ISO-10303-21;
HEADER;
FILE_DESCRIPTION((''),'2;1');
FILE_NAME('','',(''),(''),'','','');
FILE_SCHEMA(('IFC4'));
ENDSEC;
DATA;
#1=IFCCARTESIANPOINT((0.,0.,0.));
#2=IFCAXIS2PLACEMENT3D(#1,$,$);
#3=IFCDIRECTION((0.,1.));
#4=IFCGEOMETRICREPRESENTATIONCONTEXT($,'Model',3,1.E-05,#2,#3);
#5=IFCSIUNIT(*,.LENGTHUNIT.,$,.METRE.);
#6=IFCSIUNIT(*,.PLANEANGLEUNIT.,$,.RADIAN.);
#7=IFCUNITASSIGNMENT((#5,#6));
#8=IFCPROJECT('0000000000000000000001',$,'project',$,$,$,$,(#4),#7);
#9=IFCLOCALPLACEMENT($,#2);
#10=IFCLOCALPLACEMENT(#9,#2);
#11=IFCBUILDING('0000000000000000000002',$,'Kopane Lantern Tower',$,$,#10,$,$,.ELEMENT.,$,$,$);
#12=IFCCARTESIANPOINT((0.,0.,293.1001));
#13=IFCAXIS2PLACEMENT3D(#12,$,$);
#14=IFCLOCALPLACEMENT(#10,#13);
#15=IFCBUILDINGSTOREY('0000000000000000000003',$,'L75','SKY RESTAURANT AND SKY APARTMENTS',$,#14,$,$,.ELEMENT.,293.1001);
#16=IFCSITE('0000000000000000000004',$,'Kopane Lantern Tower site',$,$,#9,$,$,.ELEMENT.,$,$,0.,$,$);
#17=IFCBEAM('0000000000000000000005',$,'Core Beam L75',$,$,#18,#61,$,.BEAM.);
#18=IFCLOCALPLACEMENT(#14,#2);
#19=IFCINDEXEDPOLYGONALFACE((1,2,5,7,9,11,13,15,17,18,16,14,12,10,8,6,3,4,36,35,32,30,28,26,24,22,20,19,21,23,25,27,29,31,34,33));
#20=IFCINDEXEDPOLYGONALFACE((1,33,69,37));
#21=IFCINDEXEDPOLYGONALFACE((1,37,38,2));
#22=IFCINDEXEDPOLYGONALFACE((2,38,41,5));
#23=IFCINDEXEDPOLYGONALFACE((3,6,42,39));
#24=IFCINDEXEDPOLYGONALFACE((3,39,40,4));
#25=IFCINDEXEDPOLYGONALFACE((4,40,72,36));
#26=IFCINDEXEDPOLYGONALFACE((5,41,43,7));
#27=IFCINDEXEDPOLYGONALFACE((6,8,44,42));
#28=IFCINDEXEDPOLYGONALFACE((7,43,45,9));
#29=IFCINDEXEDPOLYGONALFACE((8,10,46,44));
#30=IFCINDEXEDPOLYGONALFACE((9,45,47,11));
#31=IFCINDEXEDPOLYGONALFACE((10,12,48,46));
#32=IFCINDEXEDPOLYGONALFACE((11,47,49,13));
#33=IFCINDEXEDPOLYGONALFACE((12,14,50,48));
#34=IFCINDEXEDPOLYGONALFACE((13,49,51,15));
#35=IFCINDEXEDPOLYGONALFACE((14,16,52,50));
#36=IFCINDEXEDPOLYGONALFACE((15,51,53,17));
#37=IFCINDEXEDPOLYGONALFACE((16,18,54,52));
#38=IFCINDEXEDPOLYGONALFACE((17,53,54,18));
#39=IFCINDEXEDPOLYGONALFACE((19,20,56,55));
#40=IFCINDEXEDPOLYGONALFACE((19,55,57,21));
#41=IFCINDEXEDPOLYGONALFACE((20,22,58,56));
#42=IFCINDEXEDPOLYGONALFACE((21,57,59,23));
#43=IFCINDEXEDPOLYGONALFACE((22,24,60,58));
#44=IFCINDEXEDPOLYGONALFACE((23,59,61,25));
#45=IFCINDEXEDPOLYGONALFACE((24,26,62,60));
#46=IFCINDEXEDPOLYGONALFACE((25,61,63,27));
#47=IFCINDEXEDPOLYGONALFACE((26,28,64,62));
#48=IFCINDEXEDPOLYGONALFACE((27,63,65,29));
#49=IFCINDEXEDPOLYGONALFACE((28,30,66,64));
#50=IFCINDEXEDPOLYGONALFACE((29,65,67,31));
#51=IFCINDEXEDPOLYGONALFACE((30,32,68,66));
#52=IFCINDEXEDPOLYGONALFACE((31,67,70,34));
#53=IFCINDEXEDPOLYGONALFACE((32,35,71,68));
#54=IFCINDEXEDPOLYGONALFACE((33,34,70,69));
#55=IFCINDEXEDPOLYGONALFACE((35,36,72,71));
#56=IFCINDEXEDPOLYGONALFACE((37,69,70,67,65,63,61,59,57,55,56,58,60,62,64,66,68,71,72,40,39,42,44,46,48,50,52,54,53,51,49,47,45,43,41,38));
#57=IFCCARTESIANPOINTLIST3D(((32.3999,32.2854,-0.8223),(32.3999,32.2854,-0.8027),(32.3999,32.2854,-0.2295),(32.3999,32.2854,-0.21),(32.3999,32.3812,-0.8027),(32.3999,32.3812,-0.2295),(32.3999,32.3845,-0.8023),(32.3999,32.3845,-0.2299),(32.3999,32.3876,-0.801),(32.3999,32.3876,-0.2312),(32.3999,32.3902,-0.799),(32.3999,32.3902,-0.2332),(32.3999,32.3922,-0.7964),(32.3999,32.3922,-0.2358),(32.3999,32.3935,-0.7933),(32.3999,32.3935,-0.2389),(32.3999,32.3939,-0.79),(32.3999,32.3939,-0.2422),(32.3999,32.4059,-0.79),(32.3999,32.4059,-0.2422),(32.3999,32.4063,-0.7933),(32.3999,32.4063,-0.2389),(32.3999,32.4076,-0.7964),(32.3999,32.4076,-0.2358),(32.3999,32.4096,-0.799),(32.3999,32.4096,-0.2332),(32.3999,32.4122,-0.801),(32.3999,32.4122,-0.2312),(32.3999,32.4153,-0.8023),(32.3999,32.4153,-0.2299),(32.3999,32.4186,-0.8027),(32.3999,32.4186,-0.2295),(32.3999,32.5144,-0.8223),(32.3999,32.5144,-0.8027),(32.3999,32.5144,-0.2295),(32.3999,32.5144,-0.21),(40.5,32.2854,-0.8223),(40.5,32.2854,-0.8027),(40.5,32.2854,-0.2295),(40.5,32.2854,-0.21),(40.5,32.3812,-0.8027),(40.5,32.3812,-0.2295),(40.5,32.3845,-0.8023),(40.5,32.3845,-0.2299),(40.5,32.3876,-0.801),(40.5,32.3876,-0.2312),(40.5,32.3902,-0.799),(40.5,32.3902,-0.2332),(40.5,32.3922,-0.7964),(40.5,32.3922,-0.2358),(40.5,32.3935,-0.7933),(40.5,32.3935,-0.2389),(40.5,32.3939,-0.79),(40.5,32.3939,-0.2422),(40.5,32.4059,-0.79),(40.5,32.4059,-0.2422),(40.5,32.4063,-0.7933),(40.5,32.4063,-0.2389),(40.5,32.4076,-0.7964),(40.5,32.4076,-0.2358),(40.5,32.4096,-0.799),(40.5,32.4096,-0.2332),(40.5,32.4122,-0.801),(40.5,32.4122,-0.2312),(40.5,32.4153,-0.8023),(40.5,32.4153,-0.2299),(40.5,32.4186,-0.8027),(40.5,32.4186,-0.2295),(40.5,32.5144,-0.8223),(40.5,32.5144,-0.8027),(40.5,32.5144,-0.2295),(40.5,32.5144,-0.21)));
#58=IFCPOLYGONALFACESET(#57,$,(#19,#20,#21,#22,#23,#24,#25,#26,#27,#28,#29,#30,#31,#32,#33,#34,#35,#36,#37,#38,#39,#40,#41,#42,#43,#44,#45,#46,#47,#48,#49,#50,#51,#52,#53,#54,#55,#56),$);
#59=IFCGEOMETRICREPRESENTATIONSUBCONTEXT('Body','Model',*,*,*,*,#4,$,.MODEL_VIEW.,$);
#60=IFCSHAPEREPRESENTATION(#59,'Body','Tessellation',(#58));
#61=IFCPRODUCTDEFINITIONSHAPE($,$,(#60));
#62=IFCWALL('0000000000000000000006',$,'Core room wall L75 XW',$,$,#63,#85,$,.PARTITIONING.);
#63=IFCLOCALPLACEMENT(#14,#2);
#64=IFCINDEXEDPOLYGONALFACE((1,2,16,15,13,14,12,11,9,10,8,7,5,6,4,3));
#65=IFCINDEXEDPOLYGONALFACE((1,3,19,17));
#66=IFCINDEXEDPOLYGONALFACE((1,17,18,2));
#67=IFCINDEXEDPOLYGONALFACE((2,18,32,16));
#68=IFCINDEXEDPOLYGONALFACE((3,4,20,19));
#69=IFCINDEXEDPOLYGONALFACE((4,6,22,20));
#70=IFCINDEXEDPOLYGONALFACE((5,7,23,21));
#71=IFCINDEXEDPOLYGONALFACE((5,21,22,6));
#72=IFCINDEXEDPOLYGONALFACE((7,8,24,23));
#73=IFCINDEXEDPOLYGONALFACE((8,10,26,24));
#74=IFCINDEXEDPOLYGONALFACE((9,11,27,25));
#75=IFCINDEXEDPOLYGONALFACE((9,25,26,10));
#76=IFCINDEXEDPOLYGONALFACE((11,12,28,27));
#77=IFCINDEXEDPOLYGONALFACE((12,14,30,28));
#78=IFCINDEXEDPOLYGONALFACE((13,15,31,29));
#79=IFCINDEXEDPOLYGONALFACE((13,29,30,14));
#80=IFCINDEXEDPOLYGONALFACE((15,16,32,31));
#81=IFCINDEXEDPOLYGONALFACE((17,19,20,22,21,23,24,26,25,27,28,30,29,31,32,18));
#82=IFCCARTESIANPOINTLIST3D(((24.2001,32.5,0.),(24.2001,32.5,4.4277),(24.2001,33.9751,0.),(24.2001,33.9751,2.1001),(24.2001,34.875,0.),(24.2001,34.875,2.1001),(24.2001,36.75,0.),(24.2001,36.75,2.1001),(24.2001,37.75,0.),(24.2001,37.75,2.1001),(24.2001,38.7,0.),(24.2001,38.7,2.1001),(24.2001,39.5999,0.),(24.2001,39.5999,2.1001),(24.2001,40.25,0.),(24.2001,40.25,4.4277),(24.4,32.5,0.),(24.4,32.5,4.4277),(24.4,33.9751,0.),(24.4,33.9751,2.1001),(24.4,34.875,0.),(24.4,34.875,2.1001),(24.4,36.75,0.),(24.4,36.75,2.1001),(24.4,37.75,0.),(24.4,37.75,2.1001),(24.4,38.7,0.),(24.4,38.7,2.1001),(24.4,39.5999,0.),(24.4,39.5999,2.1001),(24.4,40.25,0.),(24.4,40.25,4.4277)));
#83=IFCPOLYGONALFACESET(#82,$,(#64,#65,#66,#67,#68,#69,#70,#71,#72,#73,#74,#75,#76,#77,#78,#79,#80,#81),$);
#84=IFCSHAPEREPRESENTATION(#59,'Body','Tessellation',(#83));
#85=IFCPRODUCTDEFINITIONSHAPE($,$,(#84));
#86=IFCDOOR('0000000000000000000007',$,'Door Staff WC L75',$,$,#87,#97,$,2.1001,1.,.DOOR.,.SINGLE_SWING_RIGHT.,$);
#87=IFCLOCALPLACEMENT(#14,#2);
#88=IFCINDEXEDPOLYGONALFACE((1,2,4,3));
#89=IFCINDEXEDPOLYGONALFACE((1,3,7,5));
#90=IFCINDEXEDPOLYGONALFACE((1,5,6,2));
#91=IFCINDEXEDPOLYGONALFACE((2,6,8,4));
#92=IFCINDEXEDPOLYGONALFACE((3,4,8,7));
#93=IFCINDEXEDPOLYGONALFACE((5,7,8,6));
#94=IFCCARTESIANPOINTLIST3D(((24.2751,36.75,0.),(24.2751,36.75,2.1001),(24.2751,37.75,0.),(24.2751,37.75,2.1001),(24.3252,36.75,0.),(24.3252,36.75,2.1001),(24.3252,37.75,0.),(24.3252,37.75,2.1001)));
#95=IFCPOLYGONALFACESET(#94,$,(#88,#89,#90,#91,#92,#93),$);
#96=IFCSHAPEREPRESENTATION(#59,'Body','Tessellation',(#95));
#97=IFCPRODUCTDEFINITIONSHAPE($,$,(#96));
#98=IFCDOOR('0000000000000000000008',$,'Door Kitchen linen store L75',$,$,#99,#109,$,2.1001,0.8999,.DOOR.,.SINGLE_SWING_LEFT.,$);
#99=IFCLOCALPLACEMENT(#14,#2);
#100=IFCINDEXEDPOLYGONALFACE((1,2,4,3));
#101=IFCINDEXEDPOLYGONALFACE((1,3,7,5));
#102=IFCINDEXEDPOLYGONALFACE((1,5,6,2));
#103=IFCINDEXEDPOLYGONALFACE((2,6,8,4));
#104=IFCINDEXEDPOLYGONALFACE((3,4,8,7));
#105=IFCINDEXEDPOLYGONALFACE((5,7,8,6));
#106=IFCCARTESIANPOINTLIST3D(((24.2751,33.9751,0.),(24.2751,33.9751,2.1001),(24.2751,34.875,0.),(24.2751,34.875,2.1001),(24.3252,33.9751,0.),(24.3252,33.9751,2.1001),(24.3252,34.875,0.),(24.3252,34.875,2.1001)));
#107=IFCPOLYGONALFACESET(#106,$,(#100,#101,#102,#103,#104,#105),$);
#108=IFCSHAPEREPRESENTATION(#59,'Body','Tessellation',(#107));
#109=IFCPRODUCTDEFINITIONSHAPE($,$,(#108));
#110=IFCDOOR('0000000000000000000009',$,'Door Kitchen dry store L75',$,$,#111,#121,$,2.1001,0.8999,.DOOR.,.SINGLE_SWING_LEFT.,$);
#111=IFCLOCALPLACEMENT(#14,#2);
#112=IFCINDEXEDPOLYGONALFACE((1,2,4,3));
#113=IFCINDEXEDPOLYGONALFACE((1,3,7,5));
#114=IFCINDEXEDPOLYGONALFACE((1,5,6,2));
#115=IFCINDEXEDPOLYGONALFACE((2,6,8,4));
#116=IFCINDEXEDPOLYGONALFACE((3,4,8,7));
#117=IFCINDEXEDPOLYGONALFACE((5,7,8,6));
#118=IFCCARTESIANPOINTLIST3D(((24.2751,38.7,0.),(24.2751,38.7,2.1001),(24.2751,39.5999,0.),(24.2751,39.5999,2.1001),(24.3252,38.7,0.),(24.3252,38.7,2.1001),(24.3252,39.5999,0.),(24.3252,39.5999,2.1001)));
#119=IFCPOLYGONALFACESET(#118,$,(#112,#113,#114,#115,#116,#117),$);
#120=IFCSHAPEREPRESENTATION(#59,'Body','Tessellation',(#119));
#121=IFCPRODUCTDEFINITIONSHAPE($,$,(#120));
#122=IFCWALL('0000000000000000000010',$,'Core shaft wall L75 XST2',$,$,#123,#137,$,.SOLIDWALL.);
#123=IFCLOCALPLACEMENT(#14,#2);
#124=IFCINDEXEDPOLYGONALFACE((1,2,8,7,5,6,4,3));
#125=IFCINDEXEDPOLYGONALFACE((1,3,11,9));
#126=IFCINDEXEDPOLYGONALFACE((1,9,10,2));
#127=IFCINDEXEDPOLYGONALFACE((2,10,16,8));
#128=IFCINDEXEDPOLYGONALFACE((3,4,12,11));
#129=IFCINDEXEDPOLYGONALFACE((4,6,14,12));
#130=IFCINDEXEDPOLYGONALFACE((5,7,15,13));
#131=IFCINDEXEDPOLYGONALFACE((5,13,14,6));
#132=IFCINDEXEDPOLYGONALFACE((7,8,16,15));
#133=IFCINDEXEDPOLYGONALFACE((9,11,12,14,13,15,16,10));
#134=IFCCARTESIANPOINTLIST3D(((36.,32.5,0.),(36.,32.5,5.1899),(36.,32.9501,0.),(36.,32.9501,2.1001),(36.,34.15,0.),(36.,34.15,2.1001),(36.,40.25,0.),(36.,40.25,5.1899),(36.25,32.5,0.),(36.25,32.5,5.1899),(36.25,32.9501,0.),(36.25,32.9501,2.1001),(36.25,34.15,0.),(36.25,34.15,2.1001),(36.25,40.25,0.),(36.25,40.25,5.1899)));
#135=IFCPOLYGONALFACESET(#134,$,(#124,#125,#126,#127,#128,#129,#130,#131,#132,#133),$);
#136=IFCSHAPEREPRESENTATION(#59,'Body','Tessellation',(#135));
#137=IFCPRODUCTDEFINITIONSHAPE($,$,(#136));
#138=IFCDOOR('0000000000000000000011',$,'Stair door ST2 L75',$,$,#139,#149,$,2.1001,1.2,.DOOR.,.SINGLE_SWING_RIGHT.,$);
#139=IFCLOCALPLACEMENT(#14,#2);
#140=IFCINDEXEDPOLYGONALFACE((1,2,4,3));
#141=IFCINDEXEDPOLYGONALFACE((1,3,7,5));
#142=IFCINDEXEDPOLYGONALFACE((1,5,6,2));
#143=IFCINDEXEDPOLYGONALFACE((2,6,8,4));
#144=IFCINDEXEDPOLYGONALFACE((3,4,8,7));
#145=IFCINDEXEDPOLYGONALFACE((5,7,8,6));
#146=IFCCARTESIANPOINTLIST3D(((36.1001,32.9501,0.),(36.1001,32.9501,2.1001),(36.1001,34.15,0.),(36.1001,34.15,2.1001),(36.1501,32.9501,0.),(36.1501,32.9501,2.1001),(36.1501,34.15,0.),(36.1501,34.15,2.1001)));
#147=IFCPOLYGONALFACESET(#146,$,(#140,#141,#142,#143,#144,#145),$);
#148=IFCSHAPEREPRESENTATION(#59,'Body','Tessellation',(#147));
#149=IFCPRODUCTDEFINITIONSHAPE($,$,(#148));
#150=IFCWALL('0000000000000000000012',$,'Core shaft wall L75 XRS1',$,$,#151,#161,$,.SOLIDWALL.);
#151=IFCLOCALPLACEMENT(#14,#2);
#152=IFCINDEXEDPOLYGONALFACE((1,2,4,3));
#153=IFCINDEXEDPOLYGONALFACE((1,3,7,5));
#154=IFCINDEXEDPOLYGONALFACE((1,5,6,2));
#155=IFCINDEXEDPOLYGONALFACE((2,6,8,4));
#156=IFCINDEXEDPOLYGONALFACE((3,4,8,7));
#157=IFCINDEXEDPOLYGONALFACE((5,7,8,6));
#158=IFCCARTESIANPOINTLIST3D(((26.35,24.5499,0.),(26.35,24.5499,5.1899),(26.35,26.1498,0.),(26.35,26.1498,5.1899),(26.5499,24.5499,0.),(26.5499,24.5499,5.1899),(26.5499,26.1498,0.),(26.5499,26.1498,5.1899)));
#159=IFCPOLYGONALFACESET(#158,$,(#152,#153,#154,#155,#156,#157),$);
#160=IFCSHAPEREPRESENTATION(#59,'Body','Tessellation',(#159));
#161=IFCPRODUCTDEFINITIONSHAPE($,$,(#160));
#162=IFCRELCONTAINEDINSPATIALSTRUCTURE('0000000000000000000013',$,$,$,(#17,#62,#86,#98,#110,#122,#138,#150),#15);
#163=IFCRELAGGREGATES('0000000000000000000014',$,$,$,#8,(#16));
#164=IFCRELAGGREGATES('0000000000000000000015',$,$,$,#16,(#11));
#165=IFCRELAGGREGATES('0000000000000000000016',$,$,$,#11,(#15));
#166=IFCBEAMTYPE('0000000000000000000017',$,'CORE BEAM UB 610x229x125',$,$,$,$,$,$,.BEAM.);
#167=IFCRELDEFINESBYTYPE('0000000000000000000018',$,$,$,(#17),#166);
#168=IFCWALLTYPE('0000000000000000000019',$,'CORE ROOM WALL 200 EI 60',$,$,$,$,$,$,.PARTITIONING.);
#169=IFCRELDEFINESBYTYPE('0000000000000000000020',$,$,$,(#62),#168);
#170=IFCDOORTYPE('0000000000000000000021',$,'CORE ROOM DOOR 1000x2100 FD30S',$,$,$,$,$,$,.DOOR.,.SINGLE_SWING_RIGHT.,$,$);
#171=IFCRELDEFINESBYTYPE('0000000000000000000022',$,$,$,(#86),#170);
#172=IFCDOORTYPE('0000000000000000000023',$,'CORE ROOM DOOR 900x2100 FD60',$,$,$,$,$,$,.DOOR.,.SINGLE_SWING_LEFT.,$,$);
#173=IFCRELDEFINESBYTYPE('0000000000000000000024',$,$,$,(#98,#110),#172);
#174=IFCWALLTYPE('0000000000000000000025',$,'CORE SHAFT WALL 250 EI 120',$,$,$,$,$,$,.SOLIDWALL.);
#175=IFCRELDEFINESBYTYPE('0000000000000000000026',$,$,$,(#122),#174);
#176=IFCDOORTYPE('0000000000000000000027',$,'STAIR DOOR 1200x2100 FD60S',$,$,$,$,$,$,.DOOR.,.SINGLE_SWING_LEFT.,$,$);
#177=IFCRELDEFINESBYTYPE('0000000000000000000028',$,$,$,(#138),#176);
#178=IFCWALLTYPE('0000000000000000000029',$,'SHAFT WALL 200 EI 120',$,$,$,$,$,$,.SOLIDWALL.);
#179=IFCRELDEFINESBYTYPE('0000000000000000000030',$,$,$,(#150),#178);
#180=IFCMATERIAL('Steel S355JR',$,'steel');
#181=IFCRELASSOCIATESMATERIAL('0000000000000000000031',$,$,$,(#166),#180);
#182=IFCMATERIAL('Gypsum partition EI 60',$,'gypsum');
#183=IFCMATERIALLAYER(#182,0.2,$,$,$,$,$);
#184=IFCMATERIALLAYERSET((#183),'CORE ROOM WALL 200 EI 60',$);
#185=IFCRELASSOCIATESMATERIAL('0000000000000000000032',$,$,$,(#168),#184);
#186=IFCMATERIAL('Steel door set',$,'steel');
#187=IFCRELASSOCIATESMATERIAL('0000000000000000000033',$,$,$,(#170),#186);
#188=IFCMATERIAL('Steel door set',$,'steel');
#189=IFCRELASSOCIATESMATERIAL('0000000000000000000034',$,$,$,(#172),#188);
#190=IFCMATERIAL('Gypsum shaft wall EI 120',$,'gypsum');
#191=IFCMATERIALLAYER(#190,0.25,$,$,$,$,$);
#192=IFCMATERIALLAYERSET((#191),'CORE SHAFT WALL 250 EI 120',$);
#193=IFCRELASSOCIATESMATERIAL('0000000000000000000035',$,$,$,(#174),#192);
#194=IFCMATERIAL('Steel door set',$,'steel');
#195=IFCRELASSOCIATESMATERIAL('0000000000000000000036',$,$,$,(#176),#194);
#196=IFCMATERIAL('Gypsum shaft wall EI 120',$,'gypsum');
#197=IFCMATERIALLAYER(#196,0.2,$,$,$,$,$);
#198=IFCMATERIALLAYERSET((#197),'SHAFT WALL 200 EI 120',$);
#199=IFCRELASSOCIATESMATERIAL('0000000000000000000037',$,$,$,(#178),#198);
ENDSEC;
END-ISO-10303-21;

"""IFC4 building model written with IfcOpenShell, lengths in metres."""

from ifc_helpers import new_model, si_unit, direction, frame, frame_2d, origin, origin_2d, place, context, subcontext, project, spatial, rectangle, i_section, extrude, material, layer, layer_set, material_profile, profile_set, type_object, element, fill, save


model = new_model("IFC4")

# Units and contexts
model_context = context("Model", 3, precision=1e-05, world=origin(), true_north=direction((0.0, 1.0)))
body_context = subcontext(model_context, "Body", "Model", "MODEL_VIEW")
ifc_project = project(units=[si_unit("LENGTHUNIT", "METRE"), si_unit("PLANEANGLEUNIT", "RADIAN")], contexts=[model_context])

# Site, building, storey
site_placement = place(None, origin())
site = spatial("IfcSite", under=ifc_project, at=site_placement, Name="Kopane Lantern Tower site", CompositionType="ELEMENT", RefElevation=0.0)
building_placement = place(site_placement, origin())
building = spatial("IfcBuilding", under=site, at=building_placement, Name="Kopane Lantern Tower", CompositionType="ELEMENT")
storey_placement = place(building_placement, frame((0.0, 0.0, 293.1001)))
storey = spatial("IfcBuildingStorey", under=building, at=storey_placement, Name="L75", Description="SKY RESTAURANT AND SKY APARTMENTS", CompositionType="ELEMENT", Elevation=293.1001)

# Beam
ifc_material_1 = material(Name="Steel S355JR", Category="steel")
ifc_material_profile_1 = material_profile(ifc_material_1, i_section(OverallWidth=0.229, OverallDepth=0.6123, WebThickness=0.012, FlangeThickness=0.0195, FilletRadius=0.0127, at=origin_2d()), Name="UB 610x229x125")
ifc_profile_set_1 = profile_set([ifc_material_profile_1], Name="Steel S355JR")
beam_type = type_object("IfcBeamType", Name="CORE BEAM UB 610x229x125", PredefinedType="BEAM", material=ifc_profile_set_1)
for number, where, z_axis, x_axis, name in (
    (1, (32.3999, 32.3999, -0.5161), (1.0, 0.0, 0.0), (0.0, 1.0, 0.0), "Core Beam L75"),
):
    element("IfcBeam", number, at=place(storey_placement, frame(where, z_axis=z_axis, x_axis=x_axis)), inside=storey, type_object=beam_type, Name=name, PredefinedType="BEAM", context=body_context, shape_type="SweptSolid", body=[
        extrude(i_section(OverallWidth=0.229, OverallDepth=0.6123, WebThickness=0.012, FlangeThickness=0.0195, FilletRadius=0.0127, at=origin_2d()), origin(), (0.0, 0.0, 1.0), 8.1001),
    ])

# Wall, openings, doors
ifc_material_2 = material(Name="Gypsum partition EI 60", Category="gypsum")
ifc_layer_1 = layer(ifc_material_2, 0.2)
ifc_layer_set_1 = layer_set([ifc_layer_1], Name="CORE ROOM WALL 200 EI 60")
wall_type_1 = type_object("IfcWallType", Name="CORE ROOM WALL 200 EI 60", PredefinedType="PARTITIONING", material=ifc_layer_set_1)
wall_1_placement = place(storey_placement, frame((24.3, 32.5, 0.0), z_axis=(0.0, 0.0, 1.0), x_axis=(0.0, 1.0, 0.0)))
wall_1 = element("IfcWall", 2, at=wall_1_placement, inside=storey, type_object=wall_type_1, Name="Core room wall L75 XW", PredefinedType="PARTITIONING", context=body_context, shape_type="SweptSolid", body=[
    extrude(rectangle(XDim=7.75, YDim=0.2, at=frame_2d((3.875, 0.0))), origin(), (0.0, 0.0, 1.0), 4.4277),
])
opening_1_placement = place(wall_1_placement, frame((1.4751, 0.0, 0.0)))
opening_1 = element("IfcOpeningElement", 3, at=opening_1_placement, cuts=wall_1, PredefinedType="OPENING", context=body_context, shape_type="SweptSolid", body=[
    extrude(rectangle(XDim=0.8999, YDim=2.1001, at=frame_2d((0.45, 1.05))), frame((0.0, 0.1099, 0.0), z_axis=(0.0, -1.0, 0.0), x_axis=(1.0, 0.0, 0.0)), (0.0, 0.0, 1.0), 0.22),
])
opening_2_placement = place(wall_1_placement, frame((4.25, 0.0, 0.0)))
opening_2 = element("IfcOpeningElement", 4, at=opening_2_placement, cuts=wall_1, PredefinedType="OPENING", context=body_context, shape_type="SweptSolid", body=[
    extrude(rectangle(XDim=1.0, YDim=2.1001, at=frame_2d((0.5, 1.05))), frame((0.0, 0.1099, 0.0), z_axis=(0.0, -1.0, 0.0), x_axis=(1.0, 0.0, 0.0)), (0.0, 0.0, 1.0), 0.22),
])
opening_3_placement = place(wall_1_placement, frame((6.2, 0.0, 0.0)))
opening_3 = element("IfcOpeningElement", 5, at=opening_3_placement, cuts=wall_1, PredefinedType="OPENING", context=body_context, shape_type="SweptSolid", body=[
    extrude(rectangle(XDim=0.8999, YDim=2.1001, at=frame_2d((0.45, 1.05))), frame((0.0, 0.1099, 0.0), z_axis=(0.0, -1.0, 0.0), x_axis=(1.0, 0.0, 0.0)), (0.0, 0.0, 1.0), 0.22),
])
ifc_material_3 = material(Name="Steel door set", Category="steel")
door_type_1 = type_object("IfcDoorType", Name="CORE ROOM DOOR 1000x2100 FD30S", OperationType="SINGLE_SWING_RIGHT", PredefinedType="DOOR", material=ifc_material_3)
door_1_placement = place(opening_2_placement, origin())
door_1 = element("IfcDoor", 6, at=door_1_placement, inside=storey, type_object=door_type_1, Name="Door Staff WC L75", OperationType="SINGLE_SWING_RIGHT", OverallHeight=2.1001, OverallWidth=1.0, PredefinedType="DOOR", context=body_context, shape_type="SweptSolid", body=[
    extrude(rectangle(XDim=1.0, YDim=2.1001, at=frame_2d((0.5, 1.05))), frame((0.0, 0.0249, 0.0), z_axis=(0.0, -1.0, 0.0), x_axis=(1.0, 0.0, 0.0)), (0.0, 0.0, 1.0), 0.05),
])
fill(opening_2, door_1)
ifc_material_4 = material(Name="Steel door set", Category="steel")
door_type_2 = type_object("IfcDoorType", Name="CORE ROOM DOOR 900x2100 FD60", OperationType="SINGLE_SWING_LEFT", PredefinedType="DOOR", material=ifc_material_4)
door_2_placement = place(opening_1_placement, origin())
door_2 = element("IfcDoor", 7, at=door_2_placement, inside=storey, type_object=door_type_2, Name="Door Kitchen linen store L75", OperationType="SINGLE_SWING_LEFT", OverallHeight=2.1001, OverallWidth=0.8999, PredefinedType="DOOR", context=body_context, shape_type="SweptSolid", body=[
    extrude(rectangle(XDim=0.8999, YDim=2.1001, at=frame_2d((0.45, 1.05))), frame((0.0, 0.0249, 0.0), z_axis=(0.0, -1.0, 0.0), x_axis=(1.0, 0.0, 0.0)), (0.0, 0.0, 1.0), 0.05),
])
fill(opening_1, door_2)
door_3_placement = place(opening_3_placement, origin())
door_3 = element("IfcDoor", 8, at=door_3_placement, inside=storey, type_object=door_type_2, Name="Door Kitchen dry store L75", OperationType="SINGLE_SWING_LEFT", OverallHeight=2.1001, OverallWidth=0.8999, PredefinedType="DOOR", context=body_context, shape_type="SweptSolid", body=[
    extrude(rectangle(XDim=0.8999, YDim=2.1001, at=frame_2d((0.45, 1.05))), frame((0.0, 0.0249, 0.0), z_axis=(0.0, -1.0, 0.0), x_axis=(1.0, 0.0, 0.0)), (0.0, 0.0, 1.0), 0.05),
])
fill(opening_3, door_3)

# Wall, opening, door
ifc_material_5 = material(Name="Gypsum shaft wall EI 120", Category="gypsum")
ifc_layer_2 = layer(ifc_material_5, 0.25)
ifc_layer_set_2 = layer_set([ifc_layer_2], Name="CORE SHAFT WALL 250 EI 120")
wall_type_2 = type_object("IfcWallType", Name="CORE SHAFT WALL 250 EI 120", PredefinedType="SOLIDWALL", material=ifc_layer_set_2)
wall_2_placement = place(storey_placement, frame((36.125, 32.5, 0.0), z_axis=(0.0, 0.0, 1.0), x_axis=(0.0, 1.0, 0.0)))
wall_2 = element("IfcWall", 9, at=wall_2_placement, inside=storey, type_object=wall_type_2, Name="Core shaft wall L75 XST2", PredefinedType="SOLIDWALL", context=body_context, shape_type="SweptSolid", body=[
    extrude(rectangle(XDim=7.75, YDim=0.25, at=frame_2d((3.875, 0.0))), origin(), (0.0, 0.0, 1.0), 5.1899),
])
opening_4_placement = place(wall_2_placement, frame((0.45, 0.0, 0.0)))
opening_4 = element("IfcOpeningElement", 10, at=opening_4_placement, cuts=wall_2, PredefinedType="OPENING", context=body_context, shape_type="SweptSolid", body=[
    extrude(rectangle(XDim=1.2, YDim=2.1001, at=frame_2d((0.6001, 1.05))), frame((0.0, 0.135, 0.0), z_axis=(0.0, -1.0, 0.0), x_axis=(1.0, 0.0, 0.0)), (0.0, 0.0, 1.0), 0.27),
])
ifc_material_6 = material(Name="Steel door set", Category="steel")
door_type_3 = type_object("IfcDoorType", Name="STAIR DOOR 1200x2100 FD60S", OperationType="SINGLE_SWING_LEFT", PredefinedType="DOOR", material=ifc_material_6)
door_4_placement = place(opening_4_placement, origin())
door_4 = element("IfcDoor", 11, at=door_4_placement, inside=storey, type_object=door_type_3, Name="Stair door ST2 L75", OperationType="SINGLE_SWING_RIGHT", OverallHeight=2.1001, OverallWidth=1.2, PredefinedType="DOOR", context=body_context, shape_type="SweptSolid", body=[
    extrude(rectangle(XDim=1.2, YDim=2.1001, at=frame_2d((0.6001, 1.05))), frame((0.0, 0.0249, 0.0), z_axis=(0.0, -1.0, 0.0), x_axis=(1.0, 0.0, 0.0)), (0.0, 0.0, 1.0), 0.05),
])
fill(opening_4, door_4)

# Wall
ifc_material_7 = material(Name="Gypsum shaft wall EI 120", Category="gypsum")
ifc_layer_3 = layer(ifc_material_7, 0.2)
ifc_layer_set_3 = layer_set([ifc_layer_3], Name="SHAFT WALL 200 EI 120")
wall_type_3 = type_object("IfcWallType", Name="SHAFT WALL 200 EI 120", PredefinedType="SOLIDWALL", material=ifc_layer_set_3)
wall_3_placement = place(storey_placement, frame((26.45, 24.55, 0.0), z_axis=(0.0, 0.0, 1.0), x_axis=(0.0, 1.0, 0.0)))
element("IfcWall", 12, at=wall_3_placement, inside=storey, type_object=wall_type_3, Name="Core shaft wall L75 XRS1", PredefinedType="SOLIDWALL", context=body_context, shape_type="SweptSolid", body=[
    extrude(rectangle(XDim=1.5999, YDim=0.2, at=frame_2d((0.7998, 0.0))), origin(), (0.0, 0.0, 1.0), 5.1899),
])

save(model, "model.ifc")
